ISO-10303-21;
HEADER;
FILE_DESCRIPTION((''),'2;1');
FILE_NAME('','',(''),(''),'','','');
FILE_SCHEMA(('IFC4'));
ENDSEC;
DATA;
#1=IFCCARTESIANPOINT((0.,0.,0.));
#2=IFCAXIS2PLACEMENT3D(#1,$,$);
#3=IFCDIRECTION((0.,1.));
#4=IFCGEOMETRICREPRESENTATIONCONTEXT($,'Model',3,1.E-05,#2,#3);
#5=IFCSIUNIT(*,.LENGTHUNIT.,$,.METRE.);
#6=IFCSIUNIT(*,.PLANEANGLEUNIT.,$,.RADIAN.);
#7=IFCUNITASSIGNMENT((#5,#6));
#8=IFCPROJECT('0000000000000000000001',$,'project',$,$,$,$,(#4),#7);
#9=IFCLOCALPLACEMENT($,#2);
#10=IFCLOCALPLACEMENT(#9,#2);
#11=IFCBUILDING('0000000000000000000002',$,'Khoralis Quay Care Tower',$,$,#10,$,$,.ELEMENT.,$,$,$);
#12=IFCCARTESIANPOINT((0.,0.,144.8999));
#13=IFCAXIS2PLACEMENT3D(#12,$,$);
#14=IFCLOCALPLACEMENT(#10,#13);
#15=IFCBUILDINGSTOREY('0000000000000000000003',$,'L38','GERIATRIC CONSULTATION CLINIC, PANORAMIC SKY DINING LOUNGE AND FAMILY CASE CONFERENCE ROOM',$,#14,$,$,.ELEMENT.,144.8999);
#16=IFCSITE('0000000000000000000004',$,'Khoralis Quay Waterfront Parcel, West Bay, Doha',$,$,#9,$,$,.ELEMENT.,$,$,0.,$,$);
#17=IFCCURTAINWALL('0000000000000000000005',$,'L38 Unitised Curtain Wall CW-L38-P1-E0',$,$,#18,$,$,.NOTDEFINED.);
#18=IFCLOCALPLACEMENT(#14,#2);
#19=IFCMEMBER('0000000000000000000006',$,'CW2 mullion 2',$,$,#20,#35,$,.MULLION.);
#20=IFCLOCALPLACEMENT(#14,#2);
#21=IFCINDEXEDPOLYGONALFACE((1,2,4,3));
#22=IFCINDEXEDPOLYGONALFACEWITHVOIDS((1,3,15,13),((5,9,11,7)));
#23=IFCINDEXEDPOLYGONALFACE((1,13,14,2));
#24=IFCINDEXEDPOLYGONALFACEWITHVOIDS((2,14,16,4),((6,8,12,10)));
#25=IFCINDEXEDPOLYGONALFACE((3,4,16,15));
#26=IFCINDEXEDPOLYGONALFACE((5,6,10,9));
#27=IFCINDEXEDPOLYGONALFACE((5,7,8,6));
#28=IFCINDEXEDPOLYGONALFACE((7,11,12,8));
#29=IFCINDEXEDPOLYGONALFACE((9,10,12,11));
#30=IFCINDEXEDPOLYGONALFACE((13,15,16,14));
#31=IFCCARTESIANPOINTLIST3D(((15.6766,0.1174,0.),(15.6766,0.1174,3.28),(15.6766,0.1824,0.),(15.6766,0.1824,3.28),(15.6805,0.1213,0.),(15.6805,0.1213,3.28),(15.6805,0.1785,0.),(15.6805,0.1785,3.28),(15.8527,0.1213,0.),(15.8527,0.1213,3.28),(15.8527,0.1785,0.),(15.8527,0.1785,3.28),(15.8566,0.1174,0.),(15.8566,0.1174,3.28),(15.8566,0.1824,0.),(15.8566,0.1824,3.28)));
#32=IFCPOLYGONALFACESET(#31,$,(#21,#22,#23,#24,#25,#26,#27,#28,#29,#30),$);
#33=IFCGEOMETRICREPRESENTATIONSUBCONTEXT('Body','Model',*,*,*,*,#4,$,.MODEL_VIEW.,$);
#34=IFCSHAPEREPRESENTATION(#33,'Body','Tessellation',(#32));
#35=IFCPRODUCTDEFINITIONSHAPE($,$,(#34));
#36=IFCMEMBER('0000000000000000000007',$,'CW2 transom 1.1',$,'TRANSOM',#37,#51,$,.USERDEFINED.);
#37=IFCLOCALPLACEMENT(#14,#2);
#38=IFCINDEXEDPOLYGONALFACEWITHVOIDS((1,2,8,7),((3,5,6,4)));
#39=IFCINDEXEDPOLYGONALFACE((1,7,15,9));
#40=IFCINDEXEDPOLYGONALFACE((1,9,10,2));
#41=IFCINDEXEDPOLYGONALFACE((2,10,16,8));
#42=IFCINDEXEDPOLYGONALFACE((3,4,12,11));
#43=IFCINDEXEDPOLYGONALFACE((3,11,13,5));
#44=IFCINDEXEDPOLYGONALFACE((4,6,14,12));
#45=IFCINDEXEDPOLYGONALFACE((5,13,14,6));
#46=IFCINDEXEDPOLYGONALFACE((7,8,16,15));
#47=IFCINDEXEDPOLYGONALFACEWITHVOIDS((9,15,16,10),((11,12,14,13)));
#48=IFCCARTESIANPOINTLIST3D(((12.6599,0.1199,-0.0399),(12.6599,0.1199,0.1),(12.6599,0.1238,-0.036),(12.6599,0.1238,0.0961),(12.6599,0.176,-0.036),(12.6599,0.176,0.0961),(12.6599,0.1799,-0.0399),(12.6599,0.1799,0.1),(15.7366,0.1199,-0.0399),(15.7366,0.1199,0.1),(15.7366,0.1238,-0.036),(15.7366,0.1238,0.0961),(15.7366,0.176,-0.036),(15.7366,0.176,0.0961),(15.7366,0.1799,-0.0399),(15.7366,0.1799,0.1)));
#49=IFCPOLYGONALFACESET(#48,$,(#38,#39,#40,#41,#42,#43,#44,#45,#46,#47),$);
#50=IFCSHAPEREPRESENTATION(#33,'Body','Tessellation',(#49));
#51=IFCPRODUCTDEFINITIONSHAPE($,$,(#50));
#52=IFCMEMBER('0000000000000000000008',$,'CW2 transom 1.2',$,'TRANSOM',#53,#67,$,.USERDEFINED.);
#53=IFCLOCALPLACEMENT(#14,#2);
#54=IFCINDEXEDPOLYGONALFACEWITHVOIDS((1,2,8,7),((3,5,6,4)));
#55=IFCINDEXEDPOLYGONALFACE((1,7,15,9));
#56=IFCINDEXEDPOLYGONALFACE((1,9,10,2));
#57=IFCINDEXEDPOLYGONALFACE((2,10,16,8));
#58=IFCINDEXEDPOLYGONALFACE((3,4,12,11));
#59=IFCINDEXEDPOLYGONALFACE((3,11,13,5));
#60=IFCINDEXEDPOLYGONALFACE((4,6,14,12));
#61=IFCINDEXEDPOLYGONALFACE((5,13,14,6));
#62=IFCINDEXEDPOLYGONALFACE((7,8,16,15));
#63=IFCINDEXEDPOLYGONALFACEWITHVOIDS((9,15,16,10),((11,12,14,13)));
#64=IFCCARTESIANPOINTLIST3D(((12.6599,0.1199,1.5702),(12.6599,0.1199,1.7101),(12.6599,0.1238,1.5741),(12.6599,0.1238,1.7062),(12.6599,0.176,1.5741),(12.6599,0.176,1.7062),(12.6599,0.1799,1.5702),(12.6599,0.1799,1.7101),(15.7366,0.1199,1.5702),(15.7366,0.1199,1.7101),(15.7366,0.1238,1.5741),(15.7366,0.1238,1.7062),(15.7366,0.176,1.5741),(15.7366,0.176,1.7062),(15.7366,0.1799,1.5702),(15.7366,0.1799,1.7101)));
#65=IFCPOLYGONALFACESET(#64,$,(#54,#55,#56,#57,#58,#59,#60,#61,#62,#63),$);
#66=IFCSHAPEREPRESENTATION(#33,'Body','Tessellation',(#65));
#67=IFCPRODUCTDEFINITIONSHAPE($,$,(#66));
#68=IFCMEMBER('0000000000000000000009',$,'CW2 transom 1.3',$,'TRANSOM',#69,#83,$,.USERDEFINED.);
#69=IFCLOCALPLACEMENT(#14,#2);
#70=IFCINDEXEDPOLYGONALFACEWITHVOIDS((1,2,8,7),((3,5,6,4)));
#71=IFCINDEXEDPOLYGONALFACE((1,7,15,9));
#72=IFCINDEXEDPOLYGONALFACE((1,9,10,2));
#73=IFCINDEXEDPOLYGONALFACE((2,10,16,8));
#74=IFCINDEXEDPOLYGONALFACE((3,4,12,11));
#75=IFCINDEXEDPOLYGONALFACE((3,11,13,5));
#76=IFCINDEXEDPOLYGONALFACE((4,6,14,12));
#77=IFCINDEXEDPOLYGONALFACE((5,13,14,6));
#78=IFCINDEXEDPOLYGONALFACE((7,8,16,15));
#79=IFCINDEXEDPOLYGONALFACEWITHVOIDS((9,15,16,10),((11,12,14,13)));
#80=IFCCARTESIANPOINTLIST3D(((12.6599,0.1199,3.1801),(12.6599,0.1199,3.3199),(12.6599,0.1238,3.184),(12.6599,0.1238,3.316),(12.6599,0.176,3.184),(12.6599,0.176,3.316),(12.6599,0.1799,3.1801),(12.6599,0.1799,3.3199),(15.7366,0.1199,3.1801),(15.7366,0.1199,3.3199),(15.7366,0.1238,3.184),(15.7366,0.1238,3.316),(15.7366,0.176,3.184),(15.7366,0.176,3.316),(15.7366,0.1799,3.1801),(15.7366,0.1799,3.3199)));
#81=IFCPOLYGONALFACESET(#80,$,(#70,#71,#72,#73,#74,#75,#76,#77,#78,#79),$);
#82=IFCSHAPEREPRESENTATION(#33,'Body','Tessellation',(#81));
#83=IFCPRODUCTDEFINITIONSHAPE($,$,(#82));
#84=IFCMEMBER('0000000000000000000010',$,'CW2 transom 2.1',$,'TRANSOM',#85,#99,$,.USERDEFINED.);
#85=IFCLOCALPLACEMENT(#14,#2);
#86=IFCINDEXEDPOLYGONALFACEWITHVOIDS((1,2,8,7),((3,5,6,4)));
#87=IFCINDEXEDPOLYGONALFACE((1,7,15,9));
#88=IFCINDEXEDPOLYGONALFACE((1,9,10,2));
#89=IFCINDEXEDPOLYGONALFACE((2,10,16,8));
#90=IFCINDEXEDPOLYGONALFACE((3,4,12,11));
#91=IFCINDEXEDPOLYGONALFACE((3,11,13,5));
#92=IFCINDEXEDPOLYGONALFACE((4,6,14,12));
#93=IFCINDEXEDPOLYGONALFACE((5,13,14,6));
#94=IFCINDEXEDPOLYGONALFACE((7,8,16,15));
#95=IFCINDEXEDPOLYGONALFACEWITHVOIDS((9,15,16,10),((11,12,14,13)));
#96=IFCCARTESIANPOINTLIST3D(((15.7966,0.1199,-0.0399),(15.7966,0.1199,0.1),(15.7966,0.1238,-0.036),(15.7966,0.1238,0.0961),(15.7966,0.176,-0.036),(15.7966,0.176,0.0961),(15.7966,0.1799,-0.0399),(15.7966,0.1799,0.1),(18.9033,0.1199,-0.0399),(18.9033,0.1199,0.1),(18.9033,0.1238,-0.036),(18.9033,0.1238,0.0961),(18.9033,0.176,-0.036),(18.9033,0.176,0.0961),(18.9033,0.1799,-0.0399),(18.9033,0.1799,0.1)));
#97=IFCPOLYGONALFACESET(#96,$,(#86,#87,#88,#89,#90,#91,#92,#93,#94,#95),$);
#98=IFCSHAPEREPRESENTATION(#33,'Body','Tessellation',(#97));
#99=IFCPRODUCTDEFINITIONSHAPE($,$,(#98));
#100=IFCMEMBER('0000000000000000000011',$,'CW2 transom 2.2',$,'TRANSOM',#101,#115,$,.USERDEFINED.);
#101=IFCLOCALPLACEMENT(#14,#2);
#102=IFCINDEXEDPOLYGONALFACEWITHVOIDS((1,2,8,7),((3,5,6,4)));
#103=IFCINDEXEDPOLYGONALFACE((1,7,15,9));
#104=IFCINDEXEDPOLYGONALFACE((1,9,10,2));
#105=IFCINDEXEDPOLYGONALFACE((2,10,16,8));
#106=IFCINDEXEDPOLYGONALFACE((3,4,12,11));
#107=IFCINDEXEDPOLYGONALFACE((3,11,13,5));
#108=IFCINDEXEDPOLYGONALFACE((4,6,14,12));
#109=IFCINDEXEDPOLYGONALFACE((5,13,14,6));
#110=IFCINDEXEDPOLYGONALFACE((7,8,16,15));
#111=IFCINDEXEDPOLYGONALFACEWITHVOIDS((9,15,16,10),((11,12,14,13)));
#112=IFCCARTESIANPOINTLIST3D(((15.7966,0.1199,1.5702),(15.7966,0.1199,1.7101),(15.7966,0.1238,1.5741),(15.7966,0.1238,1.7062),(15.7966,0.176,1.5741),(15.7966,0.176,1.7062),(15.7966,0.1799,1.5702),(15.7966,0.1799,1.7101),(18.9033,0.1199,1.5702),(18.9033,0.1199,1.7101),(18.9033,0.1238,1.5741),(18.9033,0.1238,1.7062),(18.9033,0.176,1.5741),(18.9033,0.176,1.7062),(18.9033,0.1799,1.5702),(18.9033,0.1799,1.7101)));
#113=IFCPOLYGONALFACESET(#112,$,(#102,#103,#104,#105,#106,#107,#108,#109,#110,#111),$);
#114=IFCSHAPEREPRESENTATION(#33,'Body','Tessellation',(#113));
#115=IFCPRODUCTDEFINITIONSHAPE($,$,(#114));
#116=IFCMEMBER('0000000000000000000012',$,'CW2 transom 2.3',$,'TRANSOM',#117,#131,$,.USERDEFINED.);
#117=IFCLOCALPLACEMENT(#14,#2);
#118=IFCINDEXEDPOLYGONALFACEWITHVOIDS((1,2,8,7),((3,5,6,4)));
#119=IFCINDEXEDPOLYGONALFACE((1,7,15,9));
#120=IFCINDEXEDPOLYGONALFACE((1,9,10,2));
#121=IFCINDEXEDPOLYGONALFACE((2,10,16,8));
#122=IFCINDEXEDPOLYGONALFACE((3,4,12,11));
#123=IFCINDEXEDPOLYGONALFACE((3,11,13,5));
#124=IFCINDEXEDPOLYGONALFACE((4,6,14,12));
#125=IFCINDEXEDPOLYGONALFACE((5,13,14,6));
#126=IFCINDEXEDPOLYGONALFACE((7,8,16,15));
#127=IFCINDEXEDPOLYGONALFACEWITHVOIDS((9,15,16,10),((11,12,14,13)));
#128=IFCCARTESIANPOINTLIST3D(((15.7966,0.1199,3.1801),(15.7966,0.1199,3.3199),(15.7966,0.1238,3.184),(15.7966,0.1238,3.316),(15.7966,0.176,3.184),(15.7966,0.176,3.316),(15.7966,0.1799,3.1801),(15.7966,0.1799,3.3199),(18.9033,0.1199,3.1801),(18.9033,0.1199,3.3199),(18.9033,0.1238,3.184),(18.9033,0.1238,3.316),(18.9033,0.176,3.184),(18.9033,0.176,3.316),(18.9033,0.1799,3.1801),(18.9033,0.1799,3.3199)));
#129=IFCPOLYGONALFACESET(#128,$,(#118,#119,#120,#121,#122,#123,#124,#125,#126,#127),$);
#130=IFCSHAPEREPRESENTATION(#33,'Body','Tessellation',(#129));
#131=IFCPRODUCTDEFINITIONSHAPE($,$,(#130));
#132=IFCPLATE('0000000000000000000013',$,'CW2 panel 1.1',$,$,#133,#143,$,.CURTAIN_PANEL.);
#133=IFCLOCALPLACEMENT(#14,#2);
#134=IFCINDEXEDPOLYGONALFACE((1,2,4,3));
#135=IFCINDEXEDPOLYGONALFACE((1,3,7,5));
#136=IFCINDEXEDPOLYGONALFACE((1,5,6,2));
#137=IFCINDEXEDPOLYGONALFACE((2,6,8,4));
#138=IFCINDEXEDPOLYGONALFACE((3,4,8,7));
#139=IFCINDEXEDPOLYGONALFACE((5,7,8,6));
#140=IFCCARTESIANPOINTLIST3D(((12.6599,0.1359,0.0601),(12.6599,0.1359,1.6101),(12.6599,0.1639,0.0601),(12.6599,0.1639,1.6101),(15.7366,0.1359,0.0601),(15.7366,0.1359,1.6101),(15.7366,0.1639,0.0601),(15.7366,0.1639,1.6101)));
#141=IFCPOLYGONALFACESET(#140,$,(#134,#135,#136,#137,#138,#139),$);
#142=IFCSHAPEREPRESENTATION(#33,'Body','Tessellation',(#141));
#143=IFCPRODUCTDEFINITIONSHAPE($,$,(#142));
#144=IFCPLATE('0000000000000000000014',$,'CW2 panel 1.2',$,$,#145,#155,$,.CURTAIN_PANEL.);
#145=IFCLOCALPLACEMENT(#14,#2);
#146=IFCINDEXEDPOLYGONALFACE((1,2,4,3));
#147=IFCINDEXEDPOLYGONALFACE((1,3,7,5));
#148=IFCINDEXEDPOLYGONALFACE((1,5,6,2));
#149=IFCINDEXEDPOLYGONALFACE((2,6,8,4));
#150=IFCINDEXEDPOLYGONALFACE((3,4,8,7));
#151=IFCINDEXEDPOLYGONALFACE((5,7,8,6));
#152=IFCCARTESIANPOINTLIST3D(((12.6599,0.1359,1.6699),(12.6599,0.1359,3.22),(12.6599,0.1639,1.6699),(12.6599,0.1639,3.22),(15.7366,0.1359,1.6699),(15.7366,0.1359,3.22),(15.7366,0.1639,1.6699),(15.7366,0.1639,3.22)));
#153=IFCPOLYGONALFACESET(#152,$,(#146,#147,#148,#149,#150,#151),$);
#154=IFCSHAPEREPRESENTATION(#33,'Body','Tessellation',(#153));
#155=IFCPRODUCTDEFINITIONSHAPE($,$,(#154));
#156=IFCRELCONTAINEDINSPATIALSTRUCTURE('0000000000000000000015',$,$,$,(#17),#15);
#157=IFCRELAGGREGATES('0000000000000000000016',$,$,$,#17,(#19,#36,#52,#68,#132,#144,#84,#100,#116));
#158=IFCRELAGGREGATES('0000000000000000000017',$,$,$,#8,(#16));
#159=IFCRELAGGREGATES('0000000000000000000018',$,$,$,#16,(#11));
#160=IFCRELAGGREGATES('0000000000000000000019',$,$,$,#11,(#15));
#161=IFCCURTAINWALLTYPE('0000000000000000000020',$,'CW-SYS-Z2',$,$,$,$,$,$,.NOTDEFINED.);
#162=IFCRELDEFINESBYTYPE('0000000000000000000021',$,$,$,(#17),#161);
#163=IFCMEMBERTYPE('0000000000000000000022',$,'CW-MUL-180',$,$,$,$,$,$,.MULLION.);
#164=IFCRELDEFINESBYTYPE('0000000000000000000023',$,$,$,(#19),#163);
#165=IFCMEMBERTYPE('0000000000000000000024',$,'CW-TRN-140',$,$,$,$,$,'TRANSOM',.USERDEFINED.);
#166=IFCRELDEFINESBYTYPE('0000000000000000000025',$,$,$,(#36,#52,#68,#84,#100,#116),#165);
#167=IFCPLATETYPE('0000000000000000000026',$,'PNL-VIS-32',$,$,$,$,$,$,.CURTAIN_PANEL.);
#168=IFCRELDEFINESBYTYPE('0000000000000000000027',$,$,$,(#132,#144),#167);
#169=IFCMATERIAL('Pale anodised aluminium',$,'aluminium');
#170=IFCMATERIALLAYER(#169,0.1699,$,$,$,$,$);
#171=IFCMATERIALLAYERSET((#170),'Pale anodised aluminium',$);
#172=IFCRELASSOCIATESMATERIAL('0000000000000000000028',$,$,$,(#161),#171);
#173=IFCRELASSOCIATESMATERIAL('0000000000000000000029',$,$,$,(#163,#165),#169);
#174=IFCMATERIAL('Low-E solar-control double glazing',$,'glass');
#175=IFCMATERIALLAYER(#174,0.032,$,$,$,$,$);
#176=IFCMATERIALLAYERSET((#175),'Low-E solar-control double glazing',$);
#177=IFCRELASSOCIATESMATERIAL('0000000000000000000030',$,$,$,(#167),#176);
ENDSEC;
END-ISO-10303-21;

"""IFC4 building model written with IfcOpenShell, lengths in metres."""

from ifc_helpers import new_model, si_unit, direction, frame, origin, origin_2d, place, context, subcontext, project, spatial, rectangle, hollow_rectangle, extrude, source, transform, mapped, material, layer, layer_set, material_profile, profile_set, type_object, element, aggregate, save


model = new_model("IFC4")

# Units and contexts
model_context = context("Model", 3, precision=1e-05, world=origin(), true_north=direction((0.0, 1.0)))
body_context = subcontext(model_context, "Body", "Model", "MODEL_VIEW")
ifc_project = project(units=[si_unit("LENGTHUNIT", "METRE"), si_unit("PLANEANGLEUNIT", "RADIAN")], contexts=[model_context])

# Site, building, storey
site_placement = place(None, origin())
site = spatial("IfcSite", under=ifc_project, at=site_placement, Name="Khoralis Quay Waterfront Parcel, West Bay, Doha", CompositionType="ELEMENT", RefElevation=0.0)
building_placement = place(site_placement, origin())
building = spatial("IfcBuilding", under=site, at=building_placement, Name="Khoralis Quay Care Tower", CompositionType="ELEMENT")
storey_placement = place(building_placement, frame((0.0, 0.0, 144.8999)))
storey = spatial("IfcBuildingStorey", under=building, at=storey_placement, Name="L38", Description="GERIATRIC CONSULTATION CLINIC, PANORAMIC SKY DINING LOUNGE AND FAMILY CASE CONFERENCE ROOM", CompositionType="ELEMENT", Elevation=144.8999)

# Curtain wall, members, plates
ifc_material_1 = material(Name="Pale anodised aluminium", Category="aluminium")
ifc_layer_1 = layer(ifc_material_1, 0.1699)
ifc_layer_set_1 = layer_set([ifc_layer_1], Name="Pale anodised aluminium")
curtain_wall_type = type_object("IfcCurtainWallType", Name="CW-SYS-Z2", PredefinedType="NOTDEFINED", material=ifc_layer_set_1)
curtain_wall_placement = place(storey_placement, origin())
curtain_wall = element("IfcCurtainWall", 1, at=curtain_wall_placement, inside=storey, type_object=curtain_wall_type, Name="L38 Unitised Curtain Wall CW-L38-P1-E0", PredefinedType="NOTDEFINED")
ifc_material_profile_1 = material_profile(ifc_material_1, hollow_rectangle(XDim=0.0649, YDim=0.1799, WallThickness=0.0039, at=origin_2d()), Name="Pale anodised aluminium")
ifc_profile_set_1 = profile_set([ifc_material_profile_1], Name="Pale anodised aluminium")
member_type_1 = type_object("IfcMemberType", Name="CW-MUL-180", PredefinedType="MULLION", material=ifc_profile_set_1)
shared_shape_1 = source(origin(), body_context, "Body", "SweptSolid", [
    extrude(hollow_rectangle(XDim=0.0649, YDim=0.1799, WallThickness=0.0039, at=origin_2d()), origin(), (0.0, 0.0, 1.0), 3.28),
])
member_1_placement = place(storey_placement, frame((15.7666, 0.1499, 0.0), z_axis=(0.0, 0.0, 1.0), x_axis=(0.0, 1.0, 0.0)))
member_1 = element("IfcMember", 2, at=member_1_placement, type_object=member_type_1, Name="CW2 mullion 2", PredefinedType="MULLION", context=body_context, shape_type="MappedRepresentation", body=[
    mapped(shared_shape_1, transform((0.0, 0.0, 0.0), scale=1.0)),
])
ifc_material_profile_2 = material_profile(ifc_material_1, hollow_rectangle(XDim=0.0601, YDim=0.1399, WallThickness=0.0039, at=origin_2d()), Name="Pale anodised aluminium")
ifc_profile_set_2 = profile_set([ifc_material_profile_2], Name="Pale anodised aluminium")
member_type_2 = type_object("IfcMemberType", Name="CW-TRN-140", ElementType="TRANSOM", PredefinedType="USERDEFINED", material=ifc_profile_set_2)
shared_shape_2 = source(origin(), body_context, "Body", "SweptSolid", [
    extrude(hollow_rectangle(XDim=0.0601, YDim=0.1399, WallThickness=0.0039, at=origin_2d()), origin(), (0.0, 0.0, 1.0), 3.0767),
])
member_2_placement = place(storey_placement, frame((12.6599, 0.1499, 0.03), z_axis=(1.0, 0.0, 0.0), x_axis=(0.0, 1.0, 0.0)))
member_2 = element("IfcMember", 3, at=member_2_placement, type_object=member_type_2, Name="CW2 transom 1.1", ObjectType="TRANSOM", PredefinedType="USERDEFINED", context=body_context, shape_type="MappedRepresentation", body=[
    mapped(shared_shape_2, transform((0.0, 0.0, 0.0), scale=1.0)),
])
member_3_placement = place(storey_placement, frame((12.6599, 0.1499, 1.6401), z_axis=(1.0, 0.0, 0.0), x_axis=(0.0, 1.0, 0.0)))
member_3 = element("IfcMember", 4, at=member_3_placement, type_object=member_type_2, Name="CW2 transom 1.2", ObjectType="TRANSOM", PredefinedType="USERDEFINED", context=body_context, shape_type="MappedRepresentation", body=[
    mapped(shared_shape_2, transform((0.0, 0.0, 0.0), scale=1.0)),
])
member_4_placement = place(storey_placement, frame((12.6599, 0.1499, 3.25), z_axis=(1.0, 0.0, 0.0), x_axis=(0.0, 1.0, 0.0)))
member_4 = element("IfcMember", 5, at=member_4_placement, type_object=member_type_2, Name="CW2 transom 1.3", ObjectType="TRANSOM", PredefinedType="USERDEFINED", context=body_context, shape_type="MappedRepresentation", body=[
    mapped(shared_shape_2, transform((0.0, 0.0, 0.0), scale=1.0)),
])
shared_shape_3 = source(origin(), body_context, "Body", "SweptSolid", [
    extrude(hollow_rectangle(XDim=0.0601, YDim=0.1399, WallThickness=0.0039, at=origin_2d()), origin(), (0.0, 0.0, 1.0), 3.1067),
])
member_5_placement = place(storey_placement, frame((15.7966, 0.1499, 0.03), z_axis=(1.0, 0.0, 0.0), x_axis=(0.0, 1.0, 0.0)))
member_5 = element("IfcMember", 6, at=member_5_placement, type_object=member_type_2, Name="CW2 transom 2.1", ObjectType="TRANSOM", PredefinedType="USERDEFINED", context=body_context, shape_type="MappedRepresentation", body=[
    mapped(shared_shape_3, transform((0.0, 0.0, 0.0), scale=1.0)),
])
member_6_placement = place(storey_placement, frame((15.7966, 0.1499, 1.6401), z_axis=(1.0, 0.0, 0.0), x_axis=(0.0, 1.0, 0.0)))
member_6 = element("IfcMember", 7, at=member_6_placement, type_object=member_type_2, Name="CW2 transom 2.2", ObjectType="TRANSOM", PredefinedType="USERDEFINED", context=body_context, shape_type="MappedRepresentation", body=[
    mapped(shared_shape_3, transform((0.0, 0.0, 0.0), scale=1.0)),
])
member_7_placement = place(storey_placement, frame((15.7966, 0.1499, 3.25), z_axis=(1.0, 0.0, 0.0), x_axis=(0.0, 1.0, 0.0)))
member_7 = element("IfcMember", 8, at=member_7_placement, type_object=member_type_2, Name="CW2 transom 2.3", ObjectType="TRANSOM", PredefinedType="USERDEFINED", context=body_context, shape_type="MappedRepresentation", body=[
    mapped(shared_shape_3, transform((0.0, 0.0, 0.0), scale=1.0)),
])
ifc_material_2 = material(Name="Low-E solar-control double glazing", Category="glass")
ifc_layer_2 = layer(ifc_material_2, 0.032)
ifc_layer_set_2 = layer_set([ifc_layer_2], Name="Low-E solar-control double glazing")
plate_type = type_object("IfcPlateType", Name="PNL-VIS-32", PredefinedType="CURTAIN_PANEL", material=ifc_layer_set_2)
shared_shape_4 = source(origin(), body_context, "Body", "SweptSolid", [
    extrude(rectangle(XDim=3.0767, YDim=0.0281, at=origin_2d()), origin(), (0.0, 0.0, 1.0), 1.55),
])
plate_1_placement = place(storey_placement, frame((14.1982, 0.1499, 0.0601), z_axis=(0.0, 0.0, 1.0), x_axis=(1.0, 0.0, 0.0)))
plate_1 = element("IfcPlate", 9, at=plate_1_placement, type_object=plate_type, Name="CW2 panel 1.1", PredefinedType="CURTAIN_PANEL", context=body_context, shape_type="MappedRepresentation", body=[
    mapped(shared_shape_4, transform((0.0, 0.0, 0.0), scale=1.0)),
])
plate_2_placement = place(storey_placement, frame((14.1982, 0.1499, 1.6699), z_axis=(0.0, 0.0, 1.0), x_axis=(1.0, 0.0, 0.0)))
plate_2 = element("IfcPlate", 10, at=plate_2_placement, type_object=plate_type, Name="CW2 panel 1.2", PredefinedType="CURTAIN_PANEL", context=body_context, shape_type="MappedRepresentation", body=[
    mapped(shared_shape_4, transform((0.0, 0.0, 0.0), scale=1.0)),
])
aggregate(curtain_wall, [member_1, member_2, member_3, member_4, plate_1, plate_2, member_5, member_6, member_7])

save(model, "model.ifc")
